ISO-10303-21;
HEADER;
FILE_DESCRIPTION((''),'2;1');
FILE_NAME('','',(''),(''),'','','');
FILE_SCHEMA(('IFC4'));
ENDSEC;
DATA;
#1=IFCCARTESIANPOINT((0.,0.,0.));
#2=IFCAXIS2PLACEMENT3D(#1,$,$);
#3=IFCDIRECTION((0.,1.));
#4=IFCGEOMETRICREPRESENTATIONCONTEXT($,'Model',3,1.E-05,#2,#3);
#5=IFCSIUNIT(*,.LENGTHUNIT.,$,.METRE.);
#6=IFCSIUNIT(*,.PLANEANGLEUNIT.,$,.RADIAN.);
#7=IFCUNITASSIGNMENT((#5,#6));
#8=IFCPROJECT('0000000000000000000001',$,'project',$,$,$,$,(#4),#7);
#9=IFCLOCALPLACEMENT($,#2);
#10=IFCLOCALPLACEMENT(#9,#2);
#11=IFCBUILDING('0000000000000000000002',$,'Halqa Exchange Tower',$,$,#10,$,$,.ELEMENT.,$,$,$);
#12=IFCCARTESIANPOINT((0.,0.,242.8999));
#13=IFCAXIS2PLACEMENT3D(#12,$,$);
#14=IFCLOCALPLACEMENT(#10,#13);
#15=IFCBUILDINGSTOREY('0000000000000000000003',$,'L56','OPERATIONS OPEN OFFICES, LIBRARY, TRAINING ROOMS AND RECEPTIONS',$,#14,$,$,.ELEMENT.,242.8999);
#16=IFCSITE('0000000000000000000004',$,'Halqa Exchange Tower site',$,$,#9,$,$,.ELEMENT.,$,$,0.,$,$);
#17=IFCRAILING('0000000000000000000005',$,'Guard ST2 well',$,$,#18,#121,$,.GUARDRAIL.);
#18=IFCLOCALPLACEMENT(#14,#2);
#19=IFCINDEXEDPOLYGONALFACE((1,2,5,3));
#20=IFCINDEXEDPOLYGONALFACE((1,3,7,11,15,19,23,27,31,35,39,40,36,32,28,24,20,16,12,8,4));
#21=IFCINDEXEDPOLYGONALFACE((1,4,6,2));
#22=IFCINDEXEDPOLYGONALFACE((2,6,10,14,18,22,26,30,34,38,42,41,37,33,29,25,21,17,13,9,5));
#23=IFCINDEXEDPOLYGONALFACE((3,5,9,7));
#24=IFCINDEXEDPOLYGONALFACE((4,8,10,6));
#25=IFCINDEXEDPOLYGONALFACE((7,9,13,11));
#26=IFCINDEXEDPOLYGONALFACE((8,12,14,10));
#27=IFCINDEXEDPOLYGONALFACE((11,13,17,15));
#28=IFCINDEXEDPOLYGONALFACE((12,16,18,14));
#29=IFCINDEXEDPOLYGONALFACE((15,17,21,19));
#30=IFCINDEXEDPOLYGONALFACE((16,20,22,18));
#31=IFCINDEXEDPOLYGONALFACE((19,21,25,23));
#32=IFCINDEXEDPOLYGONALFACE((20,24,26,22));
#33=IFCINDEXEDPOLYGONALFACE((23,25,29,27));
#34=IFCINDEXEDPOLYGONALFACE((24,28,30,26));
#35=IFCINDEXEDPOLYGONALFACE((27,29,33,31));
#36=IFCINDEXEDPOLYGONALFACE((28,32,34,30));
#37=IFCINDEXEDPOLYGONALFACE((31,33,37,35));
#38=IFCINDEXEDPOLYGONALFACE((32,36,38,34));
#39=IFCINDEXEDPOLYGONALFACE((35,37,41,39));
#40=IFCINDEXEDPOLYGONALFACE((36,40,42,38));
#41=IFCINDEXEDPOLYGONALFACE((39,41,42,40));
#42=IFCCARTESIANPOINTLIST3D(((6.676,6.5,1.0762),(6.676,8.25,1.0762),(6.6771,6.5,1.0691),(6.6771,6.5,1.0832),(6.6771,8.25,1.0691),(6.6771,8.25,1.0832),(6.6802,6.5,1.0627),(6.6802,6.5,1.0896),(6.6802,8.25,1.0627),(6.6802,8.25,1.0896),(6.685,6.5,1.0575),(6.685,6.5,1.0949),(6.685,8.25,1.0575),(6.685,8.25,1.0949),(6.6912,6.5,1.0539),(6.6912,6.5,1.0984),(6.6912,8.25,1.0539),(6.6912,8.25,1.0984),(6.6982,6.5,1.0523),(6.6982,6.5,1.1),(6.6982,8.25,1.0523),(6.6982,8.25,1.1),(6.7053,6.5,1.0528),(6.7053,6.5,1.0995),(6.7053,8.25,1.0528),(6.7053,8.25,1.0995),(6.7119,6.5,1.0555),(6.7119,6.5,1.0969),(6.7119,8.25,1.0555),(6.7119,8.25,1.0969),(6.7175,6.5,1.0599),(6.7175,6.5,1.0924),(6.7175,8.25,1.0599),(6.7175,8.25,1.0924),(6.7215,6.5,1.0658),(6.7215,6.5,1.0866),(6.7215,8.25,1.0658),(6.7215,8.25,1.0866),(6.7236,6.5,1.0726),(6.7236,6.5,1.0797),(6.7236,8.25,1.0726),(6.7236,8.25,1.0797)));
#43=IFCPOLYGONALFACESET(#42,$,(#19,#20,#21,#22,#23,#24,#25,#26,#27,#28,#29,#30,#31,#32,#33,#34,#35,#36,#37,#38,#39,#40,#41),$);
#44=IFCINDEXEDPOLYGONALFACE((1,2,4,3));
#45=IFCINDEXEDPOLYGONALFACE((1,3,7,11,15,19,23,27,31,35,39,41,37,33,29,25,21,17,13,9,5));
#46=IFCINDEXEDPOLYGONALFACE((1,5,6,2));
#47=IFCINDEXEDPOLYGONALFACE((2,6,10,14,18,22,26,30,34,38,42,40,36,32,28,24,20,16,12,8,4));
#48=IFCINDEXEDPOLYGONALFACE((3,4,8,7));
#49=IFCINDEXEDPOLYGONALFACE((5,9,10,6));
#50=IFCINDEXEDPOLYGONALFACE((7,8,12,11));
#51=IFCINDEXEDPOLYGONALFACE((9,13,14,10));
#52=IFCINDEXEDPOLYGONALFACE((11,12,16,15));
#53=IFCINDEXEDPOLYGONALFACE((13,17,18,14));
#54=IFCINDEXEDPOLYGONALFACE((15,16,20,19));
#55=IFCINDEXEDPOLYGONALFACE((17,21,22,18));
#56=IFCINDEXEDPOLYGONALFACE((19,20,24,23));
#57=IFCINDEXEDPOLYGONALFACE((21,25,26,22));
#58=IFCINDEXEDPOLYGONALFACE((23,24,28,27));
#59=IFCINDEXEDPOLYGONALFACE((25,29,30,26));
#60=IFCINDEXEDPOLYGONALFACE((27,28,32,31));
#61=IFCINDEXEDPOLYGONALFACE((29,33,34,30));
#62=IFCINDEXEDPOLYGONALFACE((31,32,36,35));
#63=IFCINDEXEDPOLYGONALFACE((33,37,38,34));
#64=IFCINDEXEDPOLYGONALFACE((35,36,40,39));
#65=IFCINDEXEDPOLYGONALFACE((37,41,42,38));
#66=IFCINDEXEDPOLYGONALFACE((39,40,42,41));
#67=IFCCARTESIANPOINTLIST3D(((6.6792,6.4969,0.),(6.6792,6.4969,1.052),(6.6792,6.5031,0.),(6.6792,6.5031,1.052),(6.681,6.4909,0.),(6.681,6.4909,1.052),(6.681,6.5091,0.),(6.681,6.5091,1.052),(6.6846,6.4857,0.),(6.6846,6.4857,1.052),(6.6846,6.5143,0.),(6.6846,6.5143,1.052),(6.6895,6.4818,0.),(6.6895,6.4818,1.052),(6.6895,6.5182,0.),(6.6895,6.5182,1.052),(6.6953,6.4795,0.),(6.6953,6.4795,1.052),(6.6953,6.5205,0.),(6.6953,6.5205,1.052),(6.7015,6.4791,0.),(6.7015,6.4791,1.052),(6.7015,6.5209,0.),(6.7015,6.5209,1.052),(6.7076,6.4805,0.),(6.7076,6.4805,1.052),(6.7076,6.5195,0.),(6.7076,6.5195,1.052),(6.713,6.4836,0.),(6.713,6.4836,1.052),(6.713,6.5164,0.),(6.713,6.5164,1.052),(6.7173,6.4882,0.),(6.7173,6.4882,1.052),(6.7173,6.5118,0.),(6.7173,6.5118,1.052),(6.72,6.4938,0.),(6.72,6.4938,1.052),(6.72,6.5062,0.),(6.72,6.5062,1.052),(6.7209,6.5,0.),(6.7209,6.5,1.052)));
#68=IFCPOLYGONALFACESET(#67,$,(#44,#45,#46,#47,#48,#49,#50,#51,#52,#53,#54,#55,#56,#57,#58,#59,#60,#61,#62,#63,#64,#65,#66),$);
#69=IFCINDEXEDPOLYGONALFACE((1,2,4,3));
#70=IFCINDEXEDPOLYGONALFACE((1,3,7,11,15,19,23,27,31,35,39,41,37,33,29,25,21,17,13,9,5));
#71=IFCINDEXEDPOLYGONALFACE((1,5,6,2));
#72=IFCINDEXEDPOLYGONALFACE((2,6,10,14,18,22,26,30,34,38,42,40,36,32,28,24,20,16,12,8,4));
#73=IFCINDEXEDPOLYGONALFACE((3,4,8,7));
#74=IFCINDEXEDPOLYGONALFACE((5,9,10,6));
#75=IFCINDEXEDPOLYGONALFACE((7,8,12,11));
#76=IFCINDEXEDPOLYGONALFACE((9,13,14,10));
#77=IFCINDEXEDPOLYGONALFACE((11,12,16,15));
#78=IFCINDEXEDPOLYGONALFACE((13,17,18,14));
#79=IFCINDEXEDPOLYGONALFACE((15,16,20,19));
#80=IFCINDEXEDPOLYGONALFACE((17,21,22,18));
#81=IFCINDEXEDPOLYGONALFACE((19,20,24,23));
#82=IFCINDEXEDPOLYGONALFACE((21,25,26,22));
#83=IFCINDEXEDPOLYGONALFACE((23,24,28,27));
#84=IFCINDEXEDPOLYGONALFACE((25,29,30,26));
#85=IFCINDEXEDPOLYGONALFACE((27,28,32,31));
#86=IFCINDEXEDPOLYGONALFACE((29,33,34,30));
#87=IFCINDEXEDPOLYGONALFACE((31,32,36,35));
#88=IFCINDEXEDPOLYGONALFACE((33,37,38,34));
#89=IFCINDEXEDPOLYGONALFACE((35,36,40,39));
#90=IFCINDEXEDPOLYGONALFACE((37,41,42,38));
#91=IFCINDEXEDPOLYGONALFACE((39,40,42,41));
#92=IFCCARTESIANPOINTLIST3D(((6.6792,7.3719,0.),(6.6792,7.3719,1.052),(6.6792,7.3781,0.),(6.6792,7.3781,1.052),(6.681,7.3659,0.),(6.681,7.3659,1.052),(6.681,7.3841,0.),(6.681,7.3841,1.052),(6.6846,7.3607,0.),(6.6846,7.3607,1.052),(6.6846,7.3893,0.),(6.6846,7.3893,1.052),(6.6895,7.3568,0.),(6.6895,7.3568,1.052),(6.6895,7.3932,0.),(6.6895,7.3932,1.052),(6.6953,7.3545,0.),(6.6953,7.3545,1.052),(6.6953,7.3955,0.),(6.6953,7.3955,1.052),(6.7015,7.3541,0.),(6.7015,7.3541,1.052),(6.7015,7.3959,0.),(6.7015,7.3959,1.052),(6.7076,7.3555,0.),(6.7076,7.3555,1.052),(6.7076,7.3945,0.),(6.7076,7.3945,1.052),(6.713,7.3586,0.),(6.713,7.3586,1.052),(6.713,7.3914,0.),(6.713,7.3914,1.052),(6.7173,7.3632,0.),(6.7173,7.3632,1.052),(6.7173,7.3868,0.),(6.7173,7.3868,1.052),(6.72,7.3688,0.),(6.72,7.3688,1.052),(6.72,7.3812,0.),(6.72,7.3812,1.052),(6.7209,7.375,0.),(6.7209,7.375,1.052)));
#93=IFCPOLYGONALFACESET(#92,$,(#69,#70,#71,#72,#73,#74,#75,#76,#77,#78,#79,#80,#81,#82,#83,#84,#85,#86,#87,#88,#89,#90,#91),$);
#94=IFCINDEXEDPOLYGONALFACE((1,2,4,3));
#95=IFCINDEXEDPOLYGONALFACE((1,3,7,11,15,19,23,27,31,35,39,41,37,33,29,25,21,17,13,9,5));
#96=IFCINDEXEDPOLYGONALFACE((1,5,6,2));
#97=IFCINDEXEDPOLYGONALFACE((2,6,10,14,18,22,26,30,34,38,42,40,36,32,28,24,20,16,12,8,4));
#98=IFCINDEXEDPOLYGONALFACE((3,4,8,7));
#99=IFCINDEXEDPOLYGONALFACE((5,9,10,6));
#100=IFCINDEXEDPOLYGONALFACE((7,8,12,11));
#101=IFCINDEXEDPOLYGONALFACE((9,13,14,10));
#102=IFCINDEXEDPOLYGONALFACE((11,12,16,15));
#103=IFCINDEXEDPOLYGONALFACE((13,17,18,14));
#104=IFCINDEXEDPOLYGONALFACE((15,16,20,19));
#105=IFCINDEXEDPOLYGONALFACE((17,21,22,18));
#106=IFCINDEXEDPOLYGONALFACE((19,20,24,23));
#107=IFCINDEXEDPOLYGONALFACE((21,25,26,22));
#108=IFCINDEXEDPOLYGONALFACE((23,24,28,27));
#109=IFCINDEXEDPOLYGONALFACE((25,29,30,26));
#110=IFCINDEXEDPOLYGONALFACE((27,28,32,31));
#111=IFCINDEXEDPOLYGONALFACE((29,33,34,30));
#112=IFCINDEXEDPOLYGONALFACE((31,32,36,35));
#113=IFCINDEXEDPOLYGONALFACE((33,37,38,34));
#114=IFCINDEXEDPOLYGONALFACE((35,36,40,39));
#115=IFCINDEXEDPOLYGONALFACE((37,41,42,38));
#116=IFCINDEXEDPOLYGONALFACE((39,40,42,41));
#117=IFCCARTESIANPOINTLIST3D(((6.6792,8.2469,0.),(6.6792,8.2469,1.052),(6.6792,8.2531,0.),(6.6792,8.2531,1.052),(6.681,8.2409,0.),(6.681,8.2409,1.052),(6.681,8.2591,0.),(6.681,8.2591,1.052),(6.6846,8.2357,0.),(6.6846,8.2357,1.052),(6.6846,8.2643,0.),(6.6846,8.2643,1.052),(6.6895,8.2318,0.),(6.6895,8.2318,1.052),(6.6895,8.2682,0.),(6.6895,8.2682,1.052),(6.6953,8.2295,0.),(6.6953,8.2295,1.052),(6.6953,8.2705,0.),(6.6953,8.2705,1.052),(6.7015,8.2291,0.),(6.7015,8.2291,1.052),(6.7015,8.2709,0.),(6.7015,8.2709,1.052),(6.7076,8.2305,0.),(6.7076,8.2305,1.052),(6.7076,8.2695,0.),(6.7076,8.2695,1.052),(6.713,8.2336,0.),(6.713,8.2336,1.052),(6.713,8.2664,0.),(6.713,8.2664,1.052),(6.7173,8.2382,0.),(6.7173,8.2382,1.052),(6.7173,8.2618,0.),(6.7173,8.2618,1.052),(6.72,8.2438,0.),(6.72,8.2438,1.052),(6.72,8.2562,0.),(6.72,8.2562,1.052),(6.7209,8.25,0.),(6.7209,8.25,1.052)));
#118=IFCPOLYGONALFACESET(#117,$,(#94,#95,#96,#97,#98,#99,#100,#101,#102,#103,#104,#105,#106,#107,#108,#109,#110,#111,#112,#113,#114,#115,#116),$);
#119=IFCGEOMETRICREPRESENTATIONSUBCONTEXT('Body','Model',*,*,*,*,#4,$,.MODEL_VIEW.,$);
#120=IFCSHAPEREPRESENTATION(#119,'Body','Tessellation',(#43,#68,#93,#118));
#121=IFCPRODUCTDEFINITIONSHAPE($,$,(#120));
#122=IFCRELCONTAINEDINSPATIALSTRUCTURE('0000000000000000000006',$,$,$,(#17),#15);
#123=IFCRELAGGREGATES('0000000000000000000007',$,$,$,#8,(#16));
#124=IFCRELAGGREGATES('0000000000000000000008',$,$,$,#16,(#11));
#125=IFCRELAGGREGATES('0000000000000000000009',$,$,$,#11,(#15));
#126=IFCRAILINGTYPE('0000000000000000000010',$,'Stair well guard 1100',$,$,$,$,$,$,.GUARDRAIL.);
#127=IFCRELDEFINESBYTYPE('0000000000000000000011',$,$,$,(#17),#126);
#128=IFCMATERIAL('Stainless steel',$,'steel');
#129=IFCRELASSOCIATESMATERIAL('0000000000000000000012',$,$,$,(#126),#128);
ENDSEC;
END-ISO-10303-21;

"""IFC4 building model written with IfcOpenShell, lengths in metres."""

from ifc_helpers import new_model, si_unit, direction, frame, origin, origin_2d, place, context, subcontext, project, spatial, circle, extrude, material, type_object, element, save


model = new_model("IFC4")

# Units and contexts
model_context = context("Model", 3, precision=1e-05, world=origin(), true_north=direction((0.0, 1.0)))
body_context = subcontext(model_context, "Body", "Model", "MODEL_VIEW")
ifc_project = project(units=[si_unit("LENGTHUNIT", "METRE"), si_unit("PLANEANGLEUNIT", "RADIAN")], contexts=[model_context])

# Site, building, storey
site_placement = place(None, origin())
site = spatial("IfcSite", under=ifc_project, at=site_placement, Name="Halqa Exchange Tower site", CompositionType="ELEMENT", RefElevation=0.0)
building_placement = place(site_placement, origin())
building = spatial("IfcBuilding", under=site, at=building_placement, Name="Halqa Exchange Tower", CompositionType="ELEMENT")
storey_placement = place(building_placement, frame((0.0, 0.0, 242.8999)))
storey = spatial("IfcBuildingStorey", under=building, at=storey_placement, Name="L56", Description="OPERATIONS OPEN OFFICES, LIBRARY, TRAINING ROOMS AND RECEPTIONS", CompositionType="ELEMENT", Elevation=242.8999)

# Railing
ifc_material_1 = material(Name="Stainless steel", Category="steel")
railing_type_1 = type_object("IfcRailingType", Name="Stair well guard 1100", PredefinedType="GUARDRAIL", material=ifc_material_1)
railing_1_placement = place(storey_placement, frame((6.7, 6.5, 0.0)))
element("IfcRailing", 1, at=railing_1_placement, inside=storey, type_object=railing_type_1, Name="Guard ST2 well", PredefinedType="GUARDRAIL", context=body_context, shape_type="SweptSolid", body=[
    extrude(circle(Radius=0.0239, at=origin_2d()), frame((0.0, 0.0, 1.0762), z_axis=(0.0, 1.0, 0.0), x_axis=(-1.0, 0.0, 0.0)), (0.0, 0.0, 1.0), 1.75),
    extrude(circle(Radius=0.021, at=origin_2d()), origin(), (0.0, 0.0, 1.0), 1.052),
    extrude(circle(Radius=0.021, at=origin_2d()), frame((0.0, 0.875, 0.0)), (0.0, 0.0, 1.0), 1.052),
    extrude(circle(Radius=0.021, at=origin_2d()), frame((0.0, 1.75, 0.0)), (0.0, 0.0, 1.0), 1.052),
])

save(model, "model.ifc")
